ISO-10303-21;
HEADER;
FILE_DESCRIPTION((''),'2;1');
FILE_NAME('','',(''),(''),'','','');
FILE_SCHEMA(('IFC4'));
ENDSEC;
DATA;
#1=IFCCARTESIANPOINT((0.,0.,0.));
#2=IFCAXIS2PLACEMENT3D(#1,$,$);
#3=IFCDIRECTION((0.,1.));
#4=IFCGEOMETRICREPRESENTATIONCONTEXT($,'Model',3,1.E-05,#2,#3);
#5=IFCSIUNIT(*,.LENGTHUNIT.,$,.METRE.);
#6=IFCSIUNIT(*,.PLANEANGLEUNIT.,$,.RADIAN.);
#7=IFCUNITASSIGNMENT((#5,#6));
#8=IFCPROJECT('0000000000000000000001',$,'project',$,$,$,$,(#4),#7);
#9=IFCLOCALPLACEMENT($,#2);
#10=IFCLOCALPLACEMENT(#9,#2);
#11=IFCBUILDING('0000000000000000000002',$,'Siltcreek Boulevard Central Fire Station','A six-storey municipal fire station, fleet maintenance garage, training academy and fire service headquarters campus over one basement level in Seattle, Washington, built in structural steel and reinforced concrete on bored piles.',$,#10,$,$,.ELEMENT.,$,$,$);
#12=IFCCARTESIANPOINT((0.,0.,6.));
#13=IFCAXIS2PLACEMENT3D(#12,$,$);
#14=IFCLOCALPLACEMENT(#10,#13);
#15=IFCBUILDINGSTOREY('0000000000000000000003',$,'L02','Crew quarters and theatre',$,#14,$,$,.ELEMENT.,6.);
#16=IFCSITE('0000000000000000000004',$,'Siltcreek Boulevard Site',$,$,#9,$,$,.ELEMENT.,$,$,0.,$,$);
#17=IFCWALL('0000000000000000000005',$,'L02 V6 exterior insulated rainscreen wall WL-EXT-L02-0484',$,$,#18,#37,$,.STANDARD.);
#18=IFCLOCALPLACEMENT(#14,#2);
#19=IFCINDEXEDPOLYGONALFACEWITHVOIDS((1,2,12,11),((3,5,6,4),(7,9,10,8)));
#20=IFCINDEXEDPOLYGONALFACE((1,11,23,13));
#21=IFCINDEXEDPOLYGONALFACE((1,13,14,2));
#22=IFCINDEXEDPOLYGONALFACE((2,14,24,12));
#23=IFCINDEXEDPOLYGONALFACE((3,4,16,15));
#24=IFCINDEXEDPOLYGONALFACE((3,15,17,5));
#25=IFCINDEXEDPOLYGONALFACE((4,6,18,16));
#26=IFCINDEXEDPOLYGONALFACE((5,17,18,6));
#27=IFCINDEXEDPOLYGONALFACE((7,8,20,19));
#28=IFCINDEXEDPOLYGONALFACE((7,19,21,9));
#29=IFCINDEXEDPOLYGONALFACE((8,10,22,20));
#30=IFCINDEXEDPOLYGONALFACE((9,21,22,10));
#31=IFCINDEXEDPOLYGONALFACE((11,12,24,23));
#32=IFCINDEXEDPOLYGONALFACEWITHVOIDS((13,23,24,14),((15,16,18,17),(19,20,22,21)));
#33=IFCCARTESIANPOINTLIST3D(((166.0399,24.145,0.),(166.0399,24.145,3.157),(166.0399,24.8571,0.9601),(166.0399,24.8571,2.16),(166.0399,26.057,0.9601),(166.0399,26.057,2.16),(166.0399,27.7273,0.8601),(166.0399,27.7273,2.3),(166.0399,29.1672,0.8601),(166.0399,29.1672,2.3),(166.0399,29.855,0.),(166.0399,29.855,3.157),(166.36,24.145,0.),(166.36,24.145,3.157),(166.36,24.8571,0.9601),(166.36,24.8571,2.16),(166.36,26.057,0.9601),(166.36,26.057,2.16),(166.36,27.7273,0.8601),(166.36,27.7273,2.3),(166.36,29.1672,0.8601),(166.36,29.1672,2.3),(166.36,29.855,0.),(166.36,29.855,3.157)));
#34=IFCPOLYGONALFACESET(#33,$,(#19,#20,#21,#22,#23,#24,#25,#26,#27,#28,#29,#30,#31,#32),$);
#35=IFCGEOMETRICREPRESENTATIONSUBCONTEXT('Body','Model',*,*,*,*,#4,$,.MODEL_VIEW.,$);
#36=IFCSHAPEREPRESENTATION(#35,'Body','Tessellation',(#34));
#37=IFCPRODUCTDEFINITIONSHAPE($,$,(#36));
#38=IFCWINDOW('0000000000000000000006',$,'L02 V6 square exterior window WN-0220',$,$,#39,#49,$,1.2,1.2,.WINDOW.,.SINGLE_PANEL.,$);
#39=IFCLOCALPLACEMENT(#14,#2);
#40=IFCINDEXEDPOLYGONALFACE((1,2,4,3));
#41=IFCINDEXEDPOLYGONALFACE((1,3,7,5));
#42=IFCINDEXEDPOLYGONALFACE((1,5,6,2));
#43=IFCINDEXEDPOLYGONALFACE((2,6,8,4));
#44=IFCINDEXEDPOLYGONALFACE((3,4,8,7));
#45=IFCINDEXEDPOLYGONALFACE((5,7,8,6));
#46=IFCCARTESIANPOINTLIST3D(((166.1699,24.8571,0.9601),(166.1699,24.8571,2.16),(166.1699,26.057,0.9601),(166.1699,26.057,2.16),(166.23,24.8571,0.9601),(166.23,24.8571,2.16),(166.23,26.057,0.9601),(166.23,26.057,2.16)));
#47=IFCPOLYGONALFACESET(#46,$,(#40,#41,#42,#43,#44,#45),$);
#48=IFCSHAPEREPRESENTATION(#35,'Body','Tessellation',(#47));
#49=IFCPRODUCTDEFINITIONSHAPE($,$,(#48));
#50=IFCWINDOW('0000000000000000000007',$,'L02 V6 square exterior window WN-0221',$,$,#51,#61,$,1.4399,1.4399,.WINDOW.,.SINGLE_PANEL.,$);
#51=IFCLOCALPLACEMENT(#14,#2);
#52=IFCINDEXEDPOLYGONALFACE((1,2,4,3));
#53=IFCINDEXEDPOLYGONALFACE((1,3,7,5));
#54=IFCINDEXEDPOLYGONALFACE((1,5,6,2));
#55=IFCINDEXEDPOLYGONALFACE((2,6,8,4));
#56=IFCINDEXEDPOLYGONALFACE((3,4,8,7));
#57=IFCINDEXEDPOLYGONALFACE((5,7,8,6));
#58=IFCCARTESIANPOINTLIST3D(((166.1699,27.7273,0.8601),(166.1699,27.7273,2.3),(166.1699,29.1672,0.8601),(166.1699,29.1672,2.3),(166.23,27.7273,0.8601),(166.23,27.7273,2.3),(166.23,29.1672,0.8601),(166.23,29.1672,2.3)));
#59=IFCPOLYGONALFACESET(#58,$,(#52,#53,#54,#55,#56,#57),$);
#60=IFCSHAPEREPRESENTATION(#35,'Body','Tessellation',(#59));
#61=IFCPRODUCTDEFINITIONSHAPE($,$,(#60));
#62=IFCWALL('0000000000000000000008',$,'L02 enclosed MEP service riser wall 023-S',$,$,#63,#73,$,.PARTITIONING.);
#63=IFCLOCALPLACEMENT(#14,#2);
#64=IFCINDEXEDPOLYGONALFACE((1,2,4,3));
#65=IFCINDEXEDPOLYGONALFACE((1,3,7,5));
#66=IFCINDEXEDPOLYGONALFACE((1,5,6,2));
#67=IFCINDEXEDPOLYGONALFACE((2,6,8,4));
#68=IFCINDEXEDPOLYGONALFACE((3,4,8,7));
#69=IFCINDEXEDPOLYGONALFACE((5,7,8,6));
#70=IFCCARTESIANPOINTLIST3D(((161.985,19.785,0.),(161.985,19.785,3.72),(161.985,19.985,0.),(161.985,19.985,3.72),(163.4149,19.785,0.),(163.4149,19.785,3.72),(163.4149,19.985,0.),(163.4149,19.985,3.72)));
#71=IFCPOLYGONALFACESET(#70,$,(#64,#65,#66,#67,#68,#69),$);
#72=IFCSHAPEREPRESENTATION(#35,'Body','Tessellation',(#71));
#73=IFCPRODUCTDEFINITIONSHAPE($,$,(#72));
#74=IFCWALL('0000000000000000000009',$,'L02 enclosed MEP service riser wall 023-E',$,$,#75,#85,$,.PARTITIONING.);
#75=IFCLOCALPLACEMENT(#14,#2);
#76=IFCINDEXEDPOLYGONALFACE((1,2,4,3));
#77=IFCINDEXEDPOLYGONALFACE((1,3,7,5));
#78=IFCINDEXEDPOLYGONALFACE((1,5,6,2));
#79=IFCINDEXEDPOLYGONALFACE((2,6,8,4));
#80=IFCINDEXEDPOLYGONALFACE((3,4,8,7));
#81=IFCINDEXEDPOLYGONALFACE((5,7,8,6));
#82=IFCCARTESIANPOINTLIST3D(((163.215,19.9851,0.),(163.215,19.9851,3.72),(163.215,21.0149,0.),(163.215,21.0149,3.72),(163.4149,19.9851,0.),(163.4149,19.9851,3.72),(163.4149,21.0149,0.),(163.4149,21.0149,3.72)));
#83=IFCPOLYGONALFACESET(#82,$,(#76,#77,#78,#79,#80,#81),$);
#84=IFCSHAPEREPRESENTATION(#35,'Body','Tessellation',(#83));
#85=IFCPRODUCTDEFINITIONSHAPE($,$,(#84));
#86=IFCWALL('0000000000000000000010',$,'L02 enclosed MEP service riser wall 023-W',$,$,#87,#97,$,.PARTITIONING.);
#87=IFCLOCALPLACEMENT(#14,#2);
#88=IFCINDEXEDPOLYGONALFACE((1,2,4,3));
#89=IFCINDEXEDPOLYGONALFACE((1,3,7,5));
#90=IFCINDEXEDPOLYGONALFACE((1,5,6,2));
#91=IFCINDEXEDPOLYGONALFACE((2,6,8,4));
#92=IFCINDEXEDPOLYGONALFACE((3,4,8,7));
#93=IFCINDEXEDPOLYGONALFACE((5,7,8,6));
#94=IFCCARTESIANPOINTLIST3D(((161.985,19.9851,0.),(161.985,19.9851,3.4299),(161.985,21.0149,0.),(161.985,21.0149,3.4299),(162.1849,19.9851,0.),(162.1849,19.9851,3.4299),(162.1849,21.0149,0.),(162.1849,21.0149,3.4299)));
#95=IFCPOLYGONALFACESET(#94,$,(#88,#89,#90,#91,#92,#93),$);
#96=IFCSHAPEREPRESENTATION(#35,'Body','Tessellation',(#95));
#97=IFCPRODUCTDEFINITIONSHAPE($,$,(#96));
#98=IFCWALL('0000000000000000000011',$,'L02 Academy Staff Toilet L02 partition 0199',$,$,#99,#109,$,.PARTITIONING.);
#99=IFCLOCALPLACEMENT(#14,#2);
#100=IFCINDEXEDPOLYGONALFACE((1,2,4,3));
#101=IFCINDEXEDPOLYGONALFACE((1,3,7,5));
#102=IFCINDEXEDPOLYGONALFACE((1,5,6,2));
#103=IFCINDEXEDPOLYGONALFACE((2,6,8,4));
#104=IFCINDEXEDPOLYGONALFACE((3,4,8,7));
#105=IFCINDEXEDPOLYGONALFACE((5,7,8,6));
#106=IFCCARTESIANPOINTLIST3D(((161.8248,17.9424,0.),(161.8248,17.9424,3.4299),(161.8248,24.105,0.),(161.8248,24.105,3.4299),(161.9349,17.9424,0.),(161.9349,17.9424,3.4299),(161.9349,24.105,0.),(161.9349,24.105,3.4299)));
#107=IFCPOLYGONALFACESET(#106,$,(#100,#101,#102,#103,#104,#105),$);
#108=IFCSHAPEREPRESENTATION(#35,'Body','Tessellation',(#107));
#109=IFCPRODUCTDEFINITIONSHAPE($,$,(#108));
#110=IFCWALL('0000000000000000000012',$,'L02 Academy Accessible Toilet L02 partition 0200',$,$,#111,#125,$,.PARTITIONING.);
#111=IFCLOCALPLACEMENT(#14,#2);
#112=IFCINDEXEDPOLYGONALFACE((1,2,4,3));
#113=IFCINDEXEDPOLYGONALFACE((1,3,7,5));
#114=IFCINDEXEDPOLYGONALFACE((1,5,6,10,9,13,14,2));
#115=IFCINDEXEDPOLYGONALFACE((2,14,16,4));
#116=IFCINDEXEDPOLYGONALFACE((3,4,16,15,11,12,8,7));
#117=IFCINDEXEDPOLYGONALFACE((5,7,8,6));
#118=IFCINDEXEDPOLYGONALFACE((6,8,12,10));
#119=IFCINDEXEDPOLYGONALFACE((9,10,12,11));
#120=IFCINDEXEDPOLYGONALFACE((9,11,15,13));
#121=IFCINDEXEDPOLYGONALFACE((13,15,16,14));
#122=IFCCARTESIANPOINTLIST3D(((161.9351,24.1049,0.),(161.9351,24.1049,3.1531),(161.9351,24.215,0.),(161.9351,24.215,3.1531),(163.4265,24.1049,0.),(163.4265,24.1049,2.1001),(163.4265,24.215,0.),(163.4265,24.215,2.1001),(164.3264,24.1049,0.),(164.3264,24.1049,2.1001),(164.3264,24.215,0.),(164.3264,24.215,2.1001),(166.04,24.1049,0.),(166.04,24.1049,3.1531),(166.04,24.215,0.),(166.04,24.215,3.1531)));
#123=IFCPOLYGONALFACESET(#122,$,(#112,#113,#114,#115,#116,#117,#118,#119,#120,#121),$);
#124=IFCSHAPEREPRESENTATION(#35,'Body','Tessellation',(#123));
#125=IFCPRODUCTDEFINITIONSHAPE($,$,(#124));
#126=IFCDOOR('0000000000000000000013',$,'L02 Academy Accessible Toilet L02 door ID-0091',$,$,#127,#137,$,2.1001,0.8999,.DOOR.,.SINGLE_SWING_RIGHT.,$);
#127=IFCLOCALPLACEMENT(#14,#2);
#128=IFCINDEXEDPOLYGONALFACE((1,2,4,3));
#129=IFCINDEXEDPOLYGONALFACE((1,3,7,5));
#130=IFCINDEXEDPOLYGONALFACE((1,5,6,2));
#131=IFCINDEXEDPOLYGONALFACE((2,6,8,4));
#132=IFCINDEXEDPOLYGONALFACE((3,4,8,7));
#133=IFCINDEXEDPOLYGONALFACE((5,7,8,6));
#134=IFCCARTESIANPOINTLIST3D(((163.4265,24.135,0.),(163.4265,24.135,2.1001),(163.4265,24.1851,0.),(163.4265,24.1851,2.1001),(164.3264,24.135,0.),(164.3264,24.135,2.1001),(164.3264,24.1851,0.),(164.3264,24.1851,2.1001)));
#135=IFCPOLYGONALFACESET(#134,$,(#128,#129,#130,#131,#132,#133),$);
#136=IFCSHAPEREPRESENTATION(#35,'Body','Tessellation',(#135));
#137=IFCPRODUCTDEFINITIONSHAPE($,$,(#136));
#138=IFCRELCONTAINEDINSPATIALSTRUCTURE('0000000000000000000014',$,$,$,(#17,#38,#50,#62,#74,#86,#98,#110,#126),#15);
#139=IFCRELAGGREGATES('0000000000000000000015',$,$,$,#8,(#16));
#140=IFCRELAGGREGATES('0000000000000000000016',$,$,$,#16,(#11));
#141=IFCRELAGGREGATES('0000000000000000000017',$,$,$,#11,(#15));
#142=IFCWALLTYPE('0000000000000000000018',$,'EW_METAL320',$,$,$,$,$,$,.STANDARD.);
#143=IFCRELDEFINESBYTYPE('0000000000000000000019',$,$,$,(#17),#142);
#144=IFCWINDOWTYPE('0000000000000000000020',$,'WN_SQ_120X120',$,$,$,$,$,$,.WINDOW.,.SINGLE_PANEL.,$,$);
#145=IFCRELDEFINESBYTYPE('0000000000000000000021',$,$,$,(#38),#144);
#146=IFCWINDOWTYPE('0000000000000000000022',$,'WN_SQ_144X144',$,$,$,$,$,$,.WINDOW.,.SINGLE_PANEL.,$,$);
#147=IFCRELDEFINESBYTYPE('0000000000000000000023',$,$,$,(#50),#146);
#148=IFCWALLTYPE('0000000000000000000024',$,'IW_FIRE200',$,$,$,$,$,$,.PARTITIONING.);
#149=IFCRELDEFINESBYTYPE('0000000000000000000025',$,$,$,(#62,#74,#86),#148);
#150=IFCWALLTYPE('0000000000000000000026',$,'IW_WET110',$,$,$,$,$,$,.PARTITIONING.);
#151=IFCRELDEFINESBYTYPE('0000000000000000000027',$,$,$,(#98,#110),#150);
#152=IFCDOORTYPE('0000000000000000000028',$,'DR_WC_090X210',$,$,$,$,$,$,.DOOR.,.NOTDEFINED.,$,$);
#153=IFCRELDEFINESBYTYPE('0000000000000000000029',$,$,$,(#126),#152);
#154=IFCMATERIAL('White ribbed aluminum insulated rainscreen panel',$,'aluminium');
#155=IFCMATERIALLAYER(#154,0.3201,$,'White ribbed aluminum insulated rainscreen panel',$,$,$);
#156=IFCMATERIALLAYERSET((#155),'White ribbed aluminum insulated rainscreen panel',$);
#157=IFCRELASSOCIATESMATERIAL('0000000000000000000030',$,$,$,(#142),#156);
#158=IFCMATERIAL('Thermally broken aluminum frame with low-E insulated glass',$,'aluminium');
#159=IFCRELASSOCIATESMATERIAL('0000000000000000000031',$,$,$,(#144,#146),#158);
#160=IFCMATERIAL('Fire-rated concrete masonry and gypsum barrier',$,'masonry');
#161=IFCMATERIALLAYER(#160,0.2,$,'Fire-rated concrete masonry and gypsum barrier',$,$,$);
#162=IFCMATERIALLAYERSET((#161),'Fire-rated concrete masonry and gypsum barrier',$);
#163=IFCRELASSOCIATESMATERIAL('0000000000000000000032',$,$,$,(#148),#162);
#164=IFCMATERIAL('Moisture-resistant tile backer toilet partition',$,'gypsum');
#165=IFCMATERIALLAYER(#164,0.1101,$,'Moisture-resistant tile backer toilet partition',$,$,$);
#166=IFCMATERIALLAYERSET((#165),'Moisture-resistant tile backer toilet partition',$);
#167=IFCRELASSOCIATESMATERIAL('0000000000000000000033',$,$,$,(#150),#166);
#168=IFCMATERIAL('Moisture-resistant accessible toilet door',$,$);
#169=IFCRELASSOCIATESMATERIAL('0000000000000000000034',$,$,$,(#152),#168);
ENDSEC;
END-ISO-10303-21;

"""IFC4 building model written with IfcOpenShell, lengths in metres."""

from ifc_helpers import new_model, si_unit, direction, frame, frame_2d, origin, place, context, subcontext, project, spatial, rectangle, extrude, material, layer, layer_set, type_object, element, fill, save


model = new_model("IFC4")

# Units and contexts
model_context = context("Model", 3, precision=1e-05, world=origin(), true_north=direction((0.0, 1.0)))
body_context = subcontext(model_context, "Body", "Model", "MODEL_VIEW")
ifc_project = project(units=[si_unit("LENGTHUNIT", "METRE"), si_unit("PLANEANGLEUNIT", "RADIAN")], contexts=[model_context])

# Site, building, storey
site_placement = place(None, origin())
site = spatial("IfcSite", under=ifc_project, at=site_placement, Name="Siltcreek Boulevard Site", CompositionType="ELEMENT", RefElevation=0.0)
building_placement = place(site_placement, origin())
building = spatial("IfcBuilding", under=site, at=building_placement, Name="Siltcreek Boulevard Central Fire Station", Description="A six-storey municipal fire station, fleet maintenance garage, training academy and fire service headquarters campus over one basement level in Seattle, Washington, built in structural steel and reinforced concrete on bored piles.", CompositionType="ELEMENT")
storey_placement = place(building_placement, frame((0.0, 0.0, 6.0)))
storey = spatial("IfcBuildingStorey", under=building, at=storey_placement, Name="L02", Description="Crew quarters and theatre", CompositionType="ELEMENT", Elevation=6.0)

# Shared definitions
ifc_material_1 = material(Name="White ribbed aluminum insulated rainscreen panel", Category="aluminium")
ifc_layer_1 = layer(ifc_material_1, 0.3201, Name="White ribbed aluminum insulated rainscreen panel")
ifc_layer_set_1 = layer_set([ifc_layer_1], Name="White ribbed aluminum insulated rainscreen panel")
wall_type_1 = type_object("IfcWallType", Name="EW_METAL320", PredefinedType="STANDARD", material=ifc_layer_set_1)
ifc_material_2 = material(Name="Thermally broken aluminum frame with low-E insulated glass", Category="aluminium")

# Wall, openings, windows
wall_1_placement = place(storey_placement, frame((166.2, 24.145, 0.0), z_axis=(0.0, 0.0, 1.0), x_axis=(0.0, 1.0, 0.0)))
wall_1 = element("IfcWall", 1, at=wall_1_placement, inside=storey, type_object=wall_type_1, Name="L02 V6 exterior insulated rainscreen wall WL-EXT-L02-0484", PredefinedType="STANDARD", context=body_context, shape_type="SweptSolid", body=[
    extrude(rectangle(XDim=5.71, YDim=0.3201, at=frame_2d((2.855, 0.0))), origin(), (0.0, 0.0, 1.0), 3.157),
])
opening_1_placement = place(wall_1_placement, frame((0.7119, 0.0, 0.96)))
opening_1 = element("IfcOpeningElement", 2, at=opening_1_placement, cuts=wall_1, PredefinedType="OPENING", context=body_context, shape_type="SweptSolid", body=[
    extrude(rectangle(XDim=1.2, YDim=1.2, at=frame_2d((0.6001, 0.6001))), frame((0.0, 0.1699, 0.0), z_axis=(0.0, -1.0, 0.0), x_axis=(1.0, 0.0, 0.0)), (0.0, 0.0, 1.0), 0.3401),
])
opening_2_placement = place(wall_1_placement, frame((3.5823, 0.0, 0.8601)))
opening_2 = element("IfcOpeningElement", 3, at=opening_2_placement, cuts=wall_1, PredefinedType="OPENING", context=body_context, shape_type="SweptSolid", body=[
    extrude(rectangle(XDim=1.4399, YDim=1.4399, at=frame_2d((0.72, 0.72))), frame((0.0, 0.1699, 0.0), z_axis=(0.0, -1.0, 0.0), x_axis=(1.0, 0.0, 0.0)), (0.0, 0.0, 1.0), 0.3401),
])
window_type_1 = type_object("IfcWindowType", Name="WN_SQ_120X120", PartitioningType="SINGLE_PANEL", PredefinedType="WINDOW", material=ifc_material_2)
window_1_placement = place(opening_1_placement, origin())
window_1 = element("IfcWindow", 4, at=window_1_placement, inside=storey, type_object=window_type_1, Name="L02 V6 square exterior window WN-0220", OverallHeight=1.2, OverallWidth=1.2, PartitioningType="SINGLE_PANEL", PredefinedType="WINDOW", context=body_context, shape_type="SweptSolid", body=[
    extrude(rectangle(XDim=1.2, YDim=1.2, at=frame_2d((0.6001, 0.6001))), frame((0.0, 0.03, 0.0), z_axis=(0.0, -1.0, 0.0), x_axis=(1.0, 0.0, 0.0)), (0.0, 0.0, 1.0), 0.0601),
])
fill(opening_1, window_1)
window_type_2 = type_object("IfcWindowType", Name="WN_SQ_144X144", PartitioningType="SINGLE_PANEL", PredefinedType="WINDOW", material=ifc_material_2)
window_2_placement = place(opening_2_placement, origin())
window_2 = element("IfcWindow", 5, at=window_2_placement, inside=storey, type_object=window_type_2, Name="L02 V6 square exterior window WN-0221", OverallHeight=1.4399, OverallWidth=1.4399, PartitioningType="SINGLE_PANEL", PredefinedType="WINDOW", context=body_context, shape_type="SweptSolid", body=[
    extrude(rectangle(XDim=1.4399, YDim=1.4399, at=frame_2d((0.72, 0.72))), frame((0.0, 0.03, 0.0), z_axis=(0.0, -1.0, 0.0), x_axis=(1.0, 0.0, 0.0)), (0.0, 0.0, 1.0), 0.0601),
])
fill(opening_2, window_2)

# Walls
ifc_material_3 = material(Name="Fire-rated concrete masonry and gypsum barrier", Category="masonry")
ifc_layer_2 = layer(ifc_material_3, 0.2, Name="Fire-rated concrete masonry and gypsum barrier")
ifc_layer_set_2 = layer_set([ifc_layer_2], Name="Fire-rated concrete masonry and gypsum barrier")
wall_type_2 = type_object("IfcWallType", Name="IW_FIRE200", PredefinedType="PARTITIONING", material=ifc_layer_set_2)
wall_2_placement = place(storey_placement, frame((161.9851, 19.885, 0.0), z_axis=(0.0, 0.0, 1.0), x_axis=(1.0, 0.0, 0.0)))
element("IfcWall", 6, at=wall_2_placement, inside=storey, type_object=wall_type_2, Name="L02 enclosed MEP service riser wall 023-S", PredefinedType="PARTITIONING", context=body_context, shape_type="SweptSolid", body=[
    extrude(rectangle(XDim=1.4299, YDim=0.2, at=frame_2d((0.7148, 0.0))), origin(), (0.0, 0.0, 1.0), 3.72),
])
wall_3_placement = place(storey_placement, frame((163.3149, 19.9851, 0.0), z_axis=(0.0, 0.0, 1.0), x_axis=(0.0, 1.0, 0.0)))
element("IfcWall", 7, at=wall_3_placement, inside=storey, type_object=wall_type_2, Name="L02 enclosed MEP service riser wall 023-E", PredefinedType="PARTITIONING", context=body_context, shape_type="SweptSolid", body=[
    extrude(rectangle(XDim=1.0298, YDim=0.2, at=frame_2d((0.5149, 0.0))), origin(), (0.0, 0.0, 1.0), 3.72),
])
wall_4_placement = place(storey_placement, frame((162.085, 21.0149, 0.0), z_axis=(0.0, 0.0, 1.0), x_axis=(0.0, -1.0, 0.0)))
element("IfcWall", 8, at=wall_4_placement, inside=storey, type_object=wall_type_2, Name="L02 enclosed MEP service riser wall 023-W", PredefinedType="PARTITIONING", context=body_context, shape_type="SweptSolid", body=[
    extrude(rectangle(XDim=1.0298, YDim=0.2, at=frame_2d((0.5149, 0.0))), origin(), (0.0, 0.0, 1.0), 3.4299),
])
ifc_material_4 = material(Name="Moisture-resistant tile backer toilet partition", Category="gypsum")
ifc_layer_3 = layer(ifc_material_4, 0.1101, Name="Moisture-resistant tile backer toilet partition")
ifc_layer_set_3 = layer_set([ifc_layer_3], Name="Moisture-resistant tile backer toilet partition")
wall_type_3 = type_object("IfcWallType", Name="IW_WET110", PredefinedType="PARTITIONING", material=ifc_layer_set_3)
wall_5_placement = place(storey_placement, frame((161.8799, 24.105, 0.0), z_axis=(0.0, 0.0, 1.0), x_axis=(0.0, -1.0, 0.0)))
element("IfcWall", 9, at=wall_5_placement, inside=storey, type_object=wall_type_3, Name="L02 Academy Staff Toilet L02 partition 0199", PredefinedType="PARTITIONING", context=body_context, shape_type="SweptSolid", body=[
    extrude(rectangle(XDim=6.1626, YDim=0.1101, at=frame_2d((3.0813, 0.0))), origin(), (0.0, 0.0, 1.0), 3.4299),
])

# Wall, opening, door
wall_6_placement = place(storey_placement, frame((161.9351, 24.1599, 0.0), z_axis=(0.0, 0.0, 1.0), x_axis=(1.0, 0.0, 0.0)))
wall_6 = element("IfcWall", 10, at=wall_6_placement, inside=storey, type_object=wall_type_3, Name="L02 Academy Accessible Toilet L02 partition 0200", PredefinedType="PARTITIONING", context=body_context, shape_type="SweptSolid", body=[
    extrude(rectangle(XDim=4.105, YDim=0.1101, at=frame_2d((2.0525, 0.0))), origin(), (0.0, 0.0, 1.0), 3.1531),
])
opening_3_placement = place(wall_6_placement, frame((1.4915, 0.0, 0.0)))
opening_3 = element("IfcOpeningElement", 11, at=opening_3_placement, cuts=wall_6, PredefinedType="OPENING", context=body_context, shape_type="SweptSolid", body=[
    extrude(rectangle(XDim=0.8999, YDim=2.1001, at=frame_2d((0.45, 1.05))), frame((0.0, 0.0649, 0.0), z_axis=(0.0, -1.0, 0.0), x_axis=(1.0, 0.0, 0.0)), (0.0, 0.0, 1.0), 0.1301),
])
ifc_material_5 = material(Name="Moisture-resistant accessible toilet door")
door_type = type_object("IfcDoorType", Name="DR_WC_090X210", OperationType="NOTDEFINED", PredefinedType="DOOR", material=ifc_material_5)
door_placement = place(opening_3_placement, frame((0.8999, 0.0, 0.0), z_axis=(0.0, 0.0, 1.0), x_axis=(-1.0, 0.0, 0.0)))
door = element("IfcDoor", 12, at=door_placement, inside=storey, type_object=door_type, Name="L02 Academy Accessible Toilet L02 door ID-0091", OperationType="SINGLE_SWING_RIGHT", OverallHeight=2.1001, OverallWidth=0.8999, PredefinedType="DOOR", context=body_context, shape_type="SweptSolid", body=[
    extrude(rectangle(XDim=0.8999, YDim=2.1001, at=frame_2d((0.45, 1.05))), frame((0.0, 0.0249, 0.0), z_axis=(0.0, -1.0, 0.0), x_axis=(1.0, 0.0, 0.0)), (0.0, 0.0, 1.0), 0.05),
])
fill(opening_3, door)

save(model, "model.ifc")
